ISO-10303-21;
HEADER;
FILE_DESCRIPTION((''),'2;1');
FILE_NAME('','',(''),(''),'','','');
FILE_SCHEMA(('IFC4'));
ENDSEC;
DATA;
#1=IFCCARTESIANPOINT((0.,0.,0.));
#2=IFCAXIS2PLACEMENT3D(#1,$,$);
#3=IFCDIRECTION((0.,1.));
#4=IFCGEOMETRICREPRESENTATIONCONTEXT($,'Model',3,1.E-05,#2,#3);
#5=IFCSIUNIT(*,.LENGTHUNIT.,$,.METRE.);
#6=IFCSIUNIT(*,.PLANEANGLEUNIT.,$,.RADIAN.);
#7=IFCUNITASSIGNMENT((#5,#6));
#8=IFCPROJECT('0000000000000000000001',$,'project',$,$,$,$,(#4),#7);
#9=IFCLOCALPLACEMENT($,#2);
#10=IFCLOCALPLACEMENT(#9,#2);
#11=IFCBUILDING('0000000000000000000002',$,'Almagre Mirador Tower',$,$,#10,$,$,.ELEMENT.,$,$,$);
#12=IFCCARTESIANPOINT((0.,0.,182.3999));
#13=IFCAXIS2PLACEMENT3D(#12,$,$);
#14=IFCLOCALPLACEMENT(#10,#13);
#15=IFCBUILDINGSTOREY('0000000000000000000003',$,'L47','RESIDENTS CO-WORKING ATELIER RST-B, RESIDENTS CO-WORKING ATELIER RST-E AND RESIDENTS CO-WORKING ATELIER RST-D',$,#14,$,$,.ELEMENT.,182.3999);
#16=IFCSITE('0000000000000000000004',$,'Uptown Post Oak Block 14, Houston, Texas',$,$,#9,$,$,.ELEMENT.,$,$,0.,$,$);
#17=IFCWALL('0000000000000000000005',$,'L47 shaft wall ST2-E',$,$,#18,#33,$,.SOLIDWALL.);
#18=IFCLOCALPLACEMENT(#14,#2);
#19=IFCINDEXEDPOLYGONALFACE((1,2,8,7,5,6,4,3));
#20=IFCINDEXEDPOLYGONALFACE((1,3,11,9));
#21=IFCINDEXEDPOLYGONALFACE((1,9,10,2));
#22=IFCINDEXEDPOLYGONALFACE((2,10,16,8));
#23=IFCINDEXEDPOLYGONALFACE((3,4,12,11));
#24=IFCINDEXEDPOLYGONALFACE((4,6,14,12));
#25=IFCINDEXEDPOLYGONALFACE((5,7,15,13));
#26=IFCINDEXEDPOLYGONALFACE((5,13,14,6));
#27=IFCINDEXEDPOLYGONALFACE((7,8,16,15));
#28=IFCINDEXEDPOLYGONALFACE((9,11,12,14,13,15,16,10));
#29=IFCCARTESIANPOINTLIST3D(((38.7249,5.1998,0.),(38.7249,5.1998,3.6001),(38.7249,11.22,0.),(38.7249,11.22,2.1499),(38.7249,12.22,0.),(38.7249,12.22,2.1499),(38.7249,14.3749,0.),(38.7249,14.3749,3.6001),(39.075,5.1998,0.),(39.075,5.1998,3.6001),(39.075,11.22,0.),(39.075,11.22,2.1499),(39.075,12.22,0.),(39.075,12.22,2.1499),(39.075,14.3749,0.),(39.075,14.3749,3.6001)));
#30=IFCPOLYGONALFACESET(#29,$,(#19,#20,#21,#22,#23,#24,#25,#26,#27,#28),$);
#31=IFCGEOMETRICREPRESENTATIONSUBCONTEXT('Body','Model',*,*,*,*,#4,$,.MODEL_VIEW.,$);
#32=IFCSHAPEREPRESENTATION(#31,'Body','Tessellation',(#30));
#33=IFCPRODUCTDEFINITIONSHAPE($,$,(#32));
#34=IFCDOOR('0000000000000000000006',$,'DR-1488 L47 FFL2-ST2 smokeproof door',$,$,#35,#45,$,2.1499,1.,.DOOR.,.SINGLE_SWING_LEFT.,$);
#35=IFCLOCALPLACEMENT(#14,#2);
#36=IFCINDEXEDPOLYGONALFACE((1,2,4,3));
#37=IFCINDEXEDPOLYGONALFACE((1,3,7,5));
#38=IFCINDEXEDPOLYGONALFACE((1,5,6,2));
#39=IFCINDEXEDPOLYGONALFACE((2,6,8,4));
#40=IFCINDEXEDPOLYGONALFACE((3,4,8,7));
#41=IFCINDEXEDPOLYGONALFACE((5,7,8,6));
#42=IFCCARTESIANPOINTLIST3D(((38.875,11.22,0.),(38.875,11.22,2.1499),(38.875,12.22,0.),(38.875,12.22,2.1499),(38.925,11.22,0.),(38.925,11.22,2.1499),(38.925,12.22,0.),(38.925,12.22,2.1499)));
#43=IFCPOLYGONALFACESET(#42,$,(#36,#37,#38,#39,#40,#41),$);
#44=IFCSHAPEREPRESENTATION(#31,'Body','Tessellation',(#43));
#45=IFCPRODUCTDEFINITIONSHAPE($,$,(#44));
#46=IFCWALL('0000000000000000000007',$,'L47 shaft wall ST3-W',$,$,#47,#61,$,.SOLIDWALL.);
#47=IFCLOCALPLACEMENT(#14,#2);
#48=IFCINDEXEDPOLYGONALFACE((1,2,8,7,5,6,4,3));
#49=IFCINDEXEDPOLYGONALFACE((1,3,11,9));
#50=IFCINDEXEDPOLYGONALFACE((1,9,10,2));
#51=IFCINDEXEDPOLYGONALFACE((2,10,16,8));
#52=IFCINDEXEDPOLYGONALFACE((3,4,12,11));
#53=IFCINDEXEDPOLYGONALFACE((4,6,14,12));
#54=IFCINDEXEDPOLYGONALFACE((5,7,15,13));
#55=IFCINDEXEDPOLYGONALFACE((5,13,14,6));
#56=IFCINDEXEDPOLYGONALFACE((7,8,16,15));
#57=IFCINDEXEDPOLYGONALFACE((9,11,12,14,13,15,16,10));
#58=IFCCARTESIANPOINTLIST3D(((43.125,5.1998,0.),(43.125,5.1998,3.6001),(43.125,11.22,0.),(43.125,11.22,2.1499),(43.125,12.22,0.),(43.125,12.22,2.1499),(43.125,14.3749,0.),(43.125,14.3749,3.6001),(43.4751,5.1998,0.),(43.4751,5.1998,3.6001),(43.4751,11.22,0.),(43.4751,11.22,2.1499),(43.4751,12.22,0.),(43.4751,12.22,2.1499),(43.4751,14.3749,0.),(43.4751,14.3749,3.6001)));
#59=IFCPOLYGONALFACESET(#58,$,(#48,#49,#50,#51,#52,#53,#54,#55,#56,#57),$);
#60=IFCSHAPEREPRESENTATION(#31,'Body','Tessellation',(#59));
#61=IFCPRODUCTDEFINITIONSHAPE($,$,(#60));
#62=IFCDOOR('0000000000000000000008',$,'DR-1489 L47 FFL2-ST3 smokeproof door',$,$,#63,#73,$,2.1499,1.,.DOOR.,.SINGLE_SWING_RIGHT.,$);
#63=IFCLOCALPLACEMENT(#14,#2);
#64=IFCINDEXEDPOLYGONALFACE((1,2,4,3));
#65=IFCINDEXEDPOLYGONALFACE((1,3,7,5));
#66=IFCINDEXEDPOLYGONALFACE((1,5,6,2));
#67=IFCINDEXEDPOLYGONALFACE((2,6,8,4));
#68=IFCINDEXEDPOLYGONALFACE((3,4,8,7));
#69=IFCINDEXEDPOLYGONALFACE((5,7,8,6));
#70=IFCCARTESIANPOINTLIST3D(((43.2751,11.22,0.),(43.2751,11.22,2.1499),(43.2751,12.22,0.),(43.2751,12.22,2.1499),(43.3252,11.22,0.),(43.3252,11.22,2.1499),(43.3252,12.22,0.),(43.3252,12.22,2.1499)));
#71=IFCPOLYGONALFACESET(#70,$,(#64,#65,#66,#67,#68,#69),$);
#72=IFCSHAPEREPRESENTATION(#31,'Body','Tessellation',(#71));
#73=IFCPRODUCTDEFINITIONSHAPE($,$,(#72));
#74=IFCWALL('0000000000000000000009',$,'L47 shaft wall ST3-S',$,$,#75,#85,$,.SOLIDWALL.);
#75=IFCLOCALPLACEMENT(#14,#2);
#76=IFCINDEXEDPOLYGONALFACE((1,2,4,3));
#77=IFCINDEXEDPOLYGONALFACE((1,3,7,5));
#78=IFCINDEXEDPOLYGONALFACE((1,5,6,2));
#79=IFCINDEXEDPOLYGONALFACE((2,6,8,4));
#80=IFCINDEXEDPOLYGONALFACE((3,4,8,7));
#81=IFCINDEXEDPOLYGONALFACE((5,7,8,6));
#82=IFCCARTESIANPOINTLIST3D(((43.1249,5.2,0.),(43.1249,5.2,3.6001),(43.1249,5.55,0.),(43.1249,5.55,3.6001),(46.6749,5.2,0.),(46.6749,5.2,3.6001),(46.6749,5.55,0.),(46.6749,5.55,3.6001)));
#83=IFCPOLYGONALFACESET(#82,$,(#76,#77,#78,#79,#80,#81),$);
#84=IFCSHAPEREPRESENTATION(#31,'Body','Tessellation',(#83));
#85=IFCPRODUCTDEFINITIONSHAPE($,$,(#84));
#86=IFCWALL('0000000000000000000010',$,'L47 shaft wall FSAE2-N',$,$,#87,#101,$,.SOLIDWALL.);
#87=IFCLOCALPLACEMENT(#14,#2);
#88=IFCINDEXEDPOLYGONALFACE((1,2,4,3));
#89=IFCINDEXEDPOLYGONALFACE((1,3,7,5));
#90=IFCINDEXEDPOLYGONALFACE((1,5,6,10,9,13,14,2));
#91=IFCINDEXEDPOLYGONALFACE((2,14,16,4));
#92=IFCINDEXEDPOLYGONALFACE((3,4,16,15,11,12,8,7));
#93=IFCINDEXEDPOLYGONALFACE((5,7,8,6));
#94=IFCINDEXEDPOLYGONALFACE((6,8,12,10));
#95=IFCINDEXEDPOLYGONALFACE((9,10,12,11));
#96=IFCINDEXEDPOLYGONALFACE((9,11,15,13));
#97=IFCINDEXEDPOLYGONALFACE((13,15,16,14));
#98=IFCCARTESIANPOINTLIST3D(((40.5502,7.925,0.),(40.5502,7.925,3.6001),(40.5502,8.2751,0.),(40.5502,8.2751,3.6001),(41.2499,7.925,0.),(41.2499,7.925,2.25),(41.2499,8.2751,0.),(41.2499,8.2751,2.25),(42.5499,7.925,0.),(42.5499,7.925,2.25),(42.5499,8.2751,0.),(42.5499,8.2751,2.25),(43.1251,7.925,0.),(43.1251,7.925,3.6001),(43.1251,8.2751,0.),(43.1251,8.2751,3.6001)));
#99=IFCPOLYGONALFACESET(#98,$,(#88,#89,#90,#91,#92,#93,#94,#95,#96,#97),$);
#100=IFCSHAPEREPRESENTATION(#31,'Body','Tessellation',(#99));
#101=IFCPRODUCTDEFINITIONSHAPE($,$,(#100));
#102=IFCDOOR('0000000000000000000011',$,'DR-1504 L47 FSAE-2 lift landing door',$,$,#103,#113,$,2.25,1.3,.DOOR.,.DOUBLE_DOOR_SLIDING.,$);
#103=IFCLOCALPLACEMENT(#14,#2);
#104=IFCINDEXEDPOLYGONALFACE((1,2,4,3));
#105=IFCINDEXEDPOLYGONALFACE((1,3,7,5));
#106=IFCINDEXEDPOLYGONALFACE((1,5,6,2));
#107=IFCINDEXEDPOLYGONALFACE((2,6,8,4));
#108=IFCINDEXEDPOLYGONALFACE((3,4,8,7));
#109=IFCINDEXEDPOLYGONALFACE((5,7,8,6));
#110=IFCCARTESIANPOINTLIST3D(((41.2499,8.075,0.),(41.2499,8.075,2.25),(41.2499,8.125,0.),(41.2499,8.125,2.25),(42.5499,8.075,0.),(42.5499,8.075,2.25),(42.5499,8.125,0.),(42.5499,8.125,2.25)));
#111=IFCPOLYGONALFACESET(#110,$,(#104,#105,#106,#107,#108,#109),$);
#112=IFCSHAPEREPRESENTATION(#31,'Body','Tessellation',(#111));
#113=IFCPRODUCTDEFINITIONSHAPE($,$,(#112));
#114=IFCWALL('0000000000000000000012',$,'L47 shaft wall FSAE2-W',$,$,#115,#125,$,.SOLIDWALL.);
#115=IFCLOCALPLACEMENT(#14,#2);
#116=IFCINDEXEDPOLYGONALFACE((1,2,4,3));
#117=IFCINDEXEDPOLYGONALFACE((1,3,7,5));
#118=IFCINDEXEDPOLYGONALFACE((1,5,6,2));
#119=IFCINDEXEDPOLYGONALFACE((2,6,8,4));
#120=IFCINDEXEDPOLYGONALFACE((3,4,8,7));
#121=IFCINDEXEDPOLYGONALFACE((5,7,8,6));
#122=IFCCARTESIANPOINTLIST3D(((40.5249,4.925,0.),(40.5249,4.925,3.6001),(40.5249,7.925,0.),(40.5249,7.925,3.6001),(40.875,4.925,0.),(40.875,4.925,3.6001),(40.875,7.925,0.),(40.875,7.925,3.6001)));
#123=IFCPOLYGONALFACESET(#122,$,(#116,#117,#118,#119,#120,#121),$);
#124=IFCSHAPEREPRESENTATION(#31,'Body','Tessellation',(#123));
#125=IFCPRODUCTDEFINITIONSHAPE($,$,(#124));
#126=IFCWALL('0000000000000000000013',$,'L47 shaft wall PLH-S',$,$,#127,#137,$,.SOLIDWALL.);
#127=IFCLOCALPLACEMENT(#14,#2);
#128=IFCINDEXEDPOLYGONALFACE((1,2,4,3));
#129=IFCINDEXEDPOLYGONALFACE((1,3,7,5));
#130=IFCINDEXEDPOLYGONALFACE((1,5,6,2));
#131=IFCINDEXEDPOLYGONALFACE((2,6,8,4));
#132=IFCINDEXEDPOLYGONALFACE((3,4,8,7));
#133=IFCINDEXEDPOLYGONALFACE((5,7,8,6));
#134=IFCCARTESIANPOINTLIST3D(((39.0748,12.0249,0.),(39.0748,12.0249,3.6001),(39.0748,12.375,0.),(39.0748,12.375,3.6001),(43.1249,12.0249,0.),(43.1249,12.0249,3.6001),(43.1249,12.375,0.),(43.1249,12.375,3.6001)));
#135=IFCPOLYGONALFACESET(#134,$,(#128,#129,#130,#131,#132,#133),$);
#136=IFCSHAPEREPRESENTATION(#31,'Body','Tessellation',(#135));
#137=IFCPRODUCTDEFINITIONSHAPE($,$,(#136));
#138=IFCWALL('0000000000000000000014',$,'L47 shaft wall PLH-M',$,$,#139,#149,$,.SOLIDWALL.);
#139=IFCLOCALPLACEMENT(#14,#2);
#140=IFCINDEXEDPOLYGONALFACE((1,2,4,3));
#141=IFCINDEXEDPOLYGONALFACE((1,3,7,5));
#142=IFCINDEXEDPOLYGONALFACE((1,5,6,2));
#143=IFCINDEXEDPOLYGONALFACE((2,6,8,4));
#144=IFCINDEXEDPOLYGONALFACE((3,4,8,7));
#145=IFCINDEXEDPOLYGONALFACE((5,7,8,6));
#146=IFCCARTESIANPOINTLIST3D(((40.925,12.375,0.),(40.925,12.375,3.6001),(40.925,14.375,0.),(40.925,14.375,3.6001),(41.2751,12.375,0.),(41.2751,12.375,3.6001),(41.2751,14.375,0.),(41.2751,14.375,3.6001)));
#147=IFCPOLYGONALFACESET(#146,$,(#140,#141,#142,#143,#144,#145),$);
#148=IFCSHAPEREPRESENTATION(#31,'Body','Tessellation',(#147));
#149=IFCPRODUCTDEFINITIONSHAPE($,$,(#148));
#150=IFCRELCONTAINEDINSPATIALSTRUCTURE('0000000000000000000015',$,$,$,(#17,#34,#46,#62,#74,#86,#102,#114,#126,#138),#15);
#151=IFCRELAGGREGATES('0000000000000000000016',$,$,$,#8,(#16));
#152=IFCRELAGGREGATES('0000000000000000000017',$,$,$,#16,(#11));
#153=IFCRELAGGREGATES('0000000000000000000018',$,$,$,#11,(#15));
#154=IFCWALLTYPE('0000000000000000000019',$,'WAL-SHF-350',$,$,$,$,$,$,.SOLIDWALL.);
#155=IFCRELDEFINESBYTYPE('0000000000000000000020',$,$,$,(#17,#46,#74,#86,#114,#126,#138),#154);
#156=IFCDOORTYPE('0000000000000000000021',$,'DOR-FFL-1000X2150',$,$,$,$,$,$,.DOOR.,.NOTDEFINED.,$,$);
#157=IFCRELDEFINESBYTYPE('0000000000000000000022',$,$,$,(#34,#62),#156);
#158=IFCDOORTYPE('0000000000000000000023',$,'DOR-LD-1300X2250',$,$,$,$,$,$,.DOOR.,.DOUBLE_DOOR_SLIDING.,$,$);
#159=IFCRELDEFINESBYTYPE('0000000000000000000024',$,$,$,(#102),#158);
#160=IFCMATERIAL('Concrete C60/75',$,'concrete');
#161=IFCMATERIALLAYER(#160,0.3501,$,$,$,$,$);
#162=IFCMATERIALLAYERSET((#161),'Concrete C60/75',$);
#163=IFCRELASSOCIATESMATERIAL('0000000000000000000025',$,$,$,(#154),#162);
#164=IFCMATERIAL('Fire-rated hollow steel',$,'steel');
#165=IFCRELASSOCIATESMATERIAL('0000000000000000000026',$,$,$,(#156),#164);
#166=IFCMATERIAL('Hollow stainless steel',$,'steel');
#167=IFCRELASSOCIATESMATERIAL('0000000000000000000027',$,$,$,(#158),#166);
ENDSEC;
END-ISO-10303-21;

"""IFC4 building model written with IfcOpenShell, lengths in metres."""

from ifc_helpers import new_model, si_unit, direction, frame, frame_2d, origin, place, context, subcontext, project, spatial, rectangle, extrude, material, layer, layer_set, type_object, element, fill, save


model = new_model("IFC4")

# Units and contexts
model_context = context("Model", 3, precision=1e-05, world=origin(), true_north=direction((0.0, 1.0)))
body_context = subcontext(model_context, "Body", "Model", "MODEL_VIEW")
ifc_project = project(units=[si_unit("LENGTHUNIT", "METRE"), si_unit("PLANEANGLEUNIT", "RADIAN")], contexts=[model_context])

# Site, building, storey
site_placement = place(None, origin())
site = spatial("IfcSite", under=ifc_project, at=site_placement, Name="Uptown Post Oak Block 14, Houston, Texas", CompositionType="ELEMENT", RefElevation=0.0)
building_placement = place(site_placement, origin())
building = spatial("IfcBuilding", under=site, at=building_placement, Name="Almagre Mirador Tower", CompositionType="ELEMENT")
storey_placement = place(building_placement, frame((0.0, 0.0, 182.3999)))
storey = spatial("IfcBuildingStorey", under=building, at=storey_placement, Name="L47", Description="RESIDENTS CO-WORKING ATELIER RST-B, RESIDENTS CO-WORKING ATELIER RST-E AND RESIDENTS CO-WORKING ATELIER RST-D", CompositionType="ELEMENT", Elevation=182.3999)

# Walls, openings, doors
ifc_material_1 = material(Name="Concrete C60/75", Category="concrete")
ifc_layer_1 = layer(ifc_material_1, 0.3501)
ifc_layer_set_1 = layer_set([ifc_layer_1], Name="Concrete C60/75")
wall_type_1 = type_object("IfcWallType", Name="WAL-SHF-350", PredefinedType="SOLIDWALL", material=ifc_layer_set_1)
wall_1_placement = place(storey_placement, frame((38.8999, 5.2, 0.0), z_axis=(0.0, 0.0, 1.0), x_axis=(0.0, 1.0, 0.0)))
wall_1 = element("IfcWall", 1, at=wall_1_placement, inside=storey, type_object=wall_type_1, Name="L47 shaft wall ST2-E", PredefinedType="SOLIDWALL", context=body_context, shape_type="SweptSolid", body=[
    extrude(rectangle(XDim=9.175, YDim=0.3501, at=frame_2d((4.5874, 0.0))), origin(), (0.0, 0.0, 1.0), 3.6001),
])
opening_1_placement = place(wall_1_placement, frame((6.02, 0.0, 0.0)))
opening_1 = element("IfcOpeningElement", 2, at=opening_1_placement, cuts=wall_1, PredefinedType="OPENING", context=body_context, shape_type="SweptSolid", body=[
    extrude(rectangle(XDim=1.0, YDim=2.1499, at=frame_2d((0.5, 1.075))), frame((0.0, 0.185, 0.0), z_axis=(0.0, -1.0, 0.0), x_axis=(1.0, 0.0, 0.0)), (0.0, 0.0, 1.0), 0.3701),
])
ifc_material_2 = material(Name="Fire-rated hollow steel", Category="steel")
door_type_1 = type_object("IfcDoorType", Name="DOR-FFL-1000X2150", OperationType="NOTDEFINED", PredefinedType="DOOR", material=ifc_material_2)
door_1_placement = place(opening_1_placement, origin())
door_1 = element("IfcDoor", 3, at=door_1_placement, inside=storey, type_object=door_type_1, Name="DR-1488 L47 FFL2-ST2 smokeproof door", OperationType="SINGLE_SWING_LEFT", OverallHeight=2.1499, OverallWidth=1.0, PredefinedType="DOOR", context=body_context, shape_type="SweptSolid", body=[
    extrude(rectangle(XDim=1.0, YDim=2.1499, at=frame_2d((0.5, 1.075))), frame((0.0, 0.0249, 0.0), z_axis=(0.0, -1.0, 0.0), x_axis=(1.0, 0.0, 0.0)), (0.0, 0.0, 1.0), 0.05),
])
fill(opening_1, door_1)
wall_2_placement = place(storey_placement, frame((43.3, 5.2, 0.0), z_axis=(0.0, 0.0, 1.0), x_axis=(0.0, 1.0, 0.0)))
wall_2 = element("IfcWall", 4, at=wall_2_placement, inside=storey, type_object=wall_type_1, Name="L47 shaft wall ST3-W", PredefinedType="SOLIDWALL", context=body_context, shape_type="SweptSolid", body=[
    extrude(rectangle(XDim=9.175, YDim=0.3501, at=frame_2d((4.5874, 0.0))), origin(), (0.0, 0.0, 1.0), 3.6001),
])
opening_2_placement = place(wall_2_placement, frame((6.02, 0.0, 0.0)))
opening_2 = element("IfcOpeningElement", 5, at=opening_2_placement, cuts=wall_2, PredefinedType="OPENING", context=body_context, shape_type="SweptSolid", body=[
    extrude(rectangle(XDim=1.0, YDim=2.1499, at=frame_2d((0.5, 1.075))), frame((0.0, 0.185, 0.0), z_axis=(0.0, -1.0, 0.0), x_axis=(1.0, 0.0, 0.0)), (0.0, 0.0, 1.0), 0.3701),
])
door_2_placement = place(opening_2_placement, origin())
door_2 = element("IfcDoor", 6, at=door_2_placement, inside=storey, type_object=door_type_1, Name="DR-1489 L47 FFL2-ST3 smokeproof door", OperationType="SINGLE_SWING_RIGHT", OverallHeight=2.1499, OverallWidth=1.0, PredefinedType="DOOR", context=body_context, shape_type="SweptSolid", body=[
    extrude(rectangle(XDim=1.0, YDim=2.1499, at=frame_2d((0.5, 1.075))), frame((0.0, 0.0249, 0.0), z_axis=(0.0, -1.0, 0.0), x_axis=(1.0, 0.0, 0.0)), (0.0, 0.0, 1.0), 0.05),
])
fill(opening_2, door_2)

# Wall
wall_3_placement = place(storey_placement, frame((43.125, 5.375, 0.0), z_axis=(0.0, 0.0, 1.0), x_axis=(1.0, 0.0, 0.0)))
element("IfcWall", 7, at=wall_3_placement, inside=storey, type_object=wall_type_1, Name="L47 shaft wall ST3-S", PredefinedType="SOLIDWALL", context=body_context, shape_type="SweptSolid", body=[
    extrude(rectangle(XDim=3.55, YDim=0.3501, at=frame_2d((1.7749, 0.0))), origin(), (0.0, 0.0, 1.0), 3.6001),
])

# Wall, opening, door
wall_4_placement = place(storey_placement, frame((40.55, 8.1001, 0.0), z_axis=(0.0, 0.0, 1.0), x_axis=(1.0, 0.0, 0.0)))
wall_4 = element("IfcWall", 8, at=wall_4_placement, inside=storey, type_object=wall_type_1, Name="L47 shaft wall FSAE2-N", PredefinedType="SOLIDWALL", context=body_context, shape_type="SweptSolid", body=[
    extrude(rectangle(XDim=2.575, YDim=0.3501, at=frame_2d((1.2876, 0.0))), origin(), (0.0, 0.0, 1.0), 3.6001),
])
opening_3_placement = place(wall_4_placement, frame((0.7, 0.0, 0.0)))
opening_3 = element("IfcOpeningElement", 9, at=opening_3_placement, cuts=wall_4, PredefinedType="OPENING", context=body_context, shape_type="SweptSolid", body=[
    extrude(rectangle(XDim=1.3, YDim=2.25, at=frame_2d((0.6499, 1.125))), frame((0.0, 0.185, 0.0), z_axis=(0.0, -1.0, 0.0), x_axis=(1.0, 0.0, 0.0)), (0.0, 0.0, 1.0), 0.3701),
])
ifc_material_3 = material(Name="Hollow stainless steel", Category="steel")
door_type_2 = type_object("IfcDoorType", Name="DOR-LD-1300X2250", OperationType="DOUBLE_DOOR_SLIDING", PredefinedType="DOOR", material=ifc_material_3)
door_3_placement = place(opening_3_placement, origin())
door_3 = element("IfcDoor", 10, at=door_3_placement, inside=storey, type_object=door_type_2, Name="DR-1504 L47 FSAE-2 lift landing door", OperationType="DOUBLE_DOOR_SLIDING", OverallHeight=2.25, OverallWidth=1.3, PredefinedType="DOOR", context=body_context, shape_type="SweptSolid", body=[
    extrude(rectangle(XDim=1.3, YDim=2.25, at=frame_2d((0.6499, 1.125))), frame((0.0, 0.0249, 0.0), z_axis=(0.0, -1.0, 0.0), x_axis=(1.0, 0.0, 0.0)), (0.0, 0.0, 1.0), 0.05),
])
fill(opening_3, door_3)

# Walls
wall_5_placement = place(storey_placement, frame((40.7, 4.925, 0.0), z_axis=(0.0, 0.0, 1.0), x_axis=(0.0, 1.0, 0.0)))
element("IfcWall", 11, at=wall_5_placement, inside=storey, type_object=wall_type_1, Name="L47 shaft wall FSAE2-W", PredefinedType="SOLIDWALL", context=body_context, shape_type="SweptSolid", body=[
    extrude(rectangle(XDim=3.0, YDim=0.3501, at=frame_2d((1.5, 0.0))), origin(), (0.0, 0.0, 1.0), 3.6001),
])
wall_6_placement = place(storey_placement, frame((39.075, 12.2, 0.0), z_axis=(0.0, 0.0, 1.0), x_axis=(1.0, 0.0, 0.0)))
element("IfcWall", 12, at=wall_6_placement, inside=storey, type_object=wall_type_1, Name="L47 shaft wall PLH-S", PredefinedType="SOLIDWALL", context=body_context, shape_type="SweptSolid", body=[
    extrude(rectangle(XDim=4.05, YDim=0.3501, at=frame_2d((2.0249, 0.0))), origin(), (0.0, 0.0, 1.0), 3.6001),
])
wall_7_placement = place(storey_placement, frame((41.1001, 12.375, 0.0), z_axis=(0.0, 0.0, 1.0), x_axis=(0.0, 1.0, 0.0)))
element("IfcWall", 13, at=wall_7_placement, inside=storey, type_object=wall_type_1, Name="L47 shaft wall PLH-M", PredefinedType="SOLIDWALL", context=body_context, shape_type="SweptSolid", body=[
    extrude(rectangle(XDim=2.0, YDim=0.3501, at=frame_2d((1.0, 0.0))), origin(), (0.0, 0.0, 1.0), 3.6001),
])

save(model, "model.ifc")
